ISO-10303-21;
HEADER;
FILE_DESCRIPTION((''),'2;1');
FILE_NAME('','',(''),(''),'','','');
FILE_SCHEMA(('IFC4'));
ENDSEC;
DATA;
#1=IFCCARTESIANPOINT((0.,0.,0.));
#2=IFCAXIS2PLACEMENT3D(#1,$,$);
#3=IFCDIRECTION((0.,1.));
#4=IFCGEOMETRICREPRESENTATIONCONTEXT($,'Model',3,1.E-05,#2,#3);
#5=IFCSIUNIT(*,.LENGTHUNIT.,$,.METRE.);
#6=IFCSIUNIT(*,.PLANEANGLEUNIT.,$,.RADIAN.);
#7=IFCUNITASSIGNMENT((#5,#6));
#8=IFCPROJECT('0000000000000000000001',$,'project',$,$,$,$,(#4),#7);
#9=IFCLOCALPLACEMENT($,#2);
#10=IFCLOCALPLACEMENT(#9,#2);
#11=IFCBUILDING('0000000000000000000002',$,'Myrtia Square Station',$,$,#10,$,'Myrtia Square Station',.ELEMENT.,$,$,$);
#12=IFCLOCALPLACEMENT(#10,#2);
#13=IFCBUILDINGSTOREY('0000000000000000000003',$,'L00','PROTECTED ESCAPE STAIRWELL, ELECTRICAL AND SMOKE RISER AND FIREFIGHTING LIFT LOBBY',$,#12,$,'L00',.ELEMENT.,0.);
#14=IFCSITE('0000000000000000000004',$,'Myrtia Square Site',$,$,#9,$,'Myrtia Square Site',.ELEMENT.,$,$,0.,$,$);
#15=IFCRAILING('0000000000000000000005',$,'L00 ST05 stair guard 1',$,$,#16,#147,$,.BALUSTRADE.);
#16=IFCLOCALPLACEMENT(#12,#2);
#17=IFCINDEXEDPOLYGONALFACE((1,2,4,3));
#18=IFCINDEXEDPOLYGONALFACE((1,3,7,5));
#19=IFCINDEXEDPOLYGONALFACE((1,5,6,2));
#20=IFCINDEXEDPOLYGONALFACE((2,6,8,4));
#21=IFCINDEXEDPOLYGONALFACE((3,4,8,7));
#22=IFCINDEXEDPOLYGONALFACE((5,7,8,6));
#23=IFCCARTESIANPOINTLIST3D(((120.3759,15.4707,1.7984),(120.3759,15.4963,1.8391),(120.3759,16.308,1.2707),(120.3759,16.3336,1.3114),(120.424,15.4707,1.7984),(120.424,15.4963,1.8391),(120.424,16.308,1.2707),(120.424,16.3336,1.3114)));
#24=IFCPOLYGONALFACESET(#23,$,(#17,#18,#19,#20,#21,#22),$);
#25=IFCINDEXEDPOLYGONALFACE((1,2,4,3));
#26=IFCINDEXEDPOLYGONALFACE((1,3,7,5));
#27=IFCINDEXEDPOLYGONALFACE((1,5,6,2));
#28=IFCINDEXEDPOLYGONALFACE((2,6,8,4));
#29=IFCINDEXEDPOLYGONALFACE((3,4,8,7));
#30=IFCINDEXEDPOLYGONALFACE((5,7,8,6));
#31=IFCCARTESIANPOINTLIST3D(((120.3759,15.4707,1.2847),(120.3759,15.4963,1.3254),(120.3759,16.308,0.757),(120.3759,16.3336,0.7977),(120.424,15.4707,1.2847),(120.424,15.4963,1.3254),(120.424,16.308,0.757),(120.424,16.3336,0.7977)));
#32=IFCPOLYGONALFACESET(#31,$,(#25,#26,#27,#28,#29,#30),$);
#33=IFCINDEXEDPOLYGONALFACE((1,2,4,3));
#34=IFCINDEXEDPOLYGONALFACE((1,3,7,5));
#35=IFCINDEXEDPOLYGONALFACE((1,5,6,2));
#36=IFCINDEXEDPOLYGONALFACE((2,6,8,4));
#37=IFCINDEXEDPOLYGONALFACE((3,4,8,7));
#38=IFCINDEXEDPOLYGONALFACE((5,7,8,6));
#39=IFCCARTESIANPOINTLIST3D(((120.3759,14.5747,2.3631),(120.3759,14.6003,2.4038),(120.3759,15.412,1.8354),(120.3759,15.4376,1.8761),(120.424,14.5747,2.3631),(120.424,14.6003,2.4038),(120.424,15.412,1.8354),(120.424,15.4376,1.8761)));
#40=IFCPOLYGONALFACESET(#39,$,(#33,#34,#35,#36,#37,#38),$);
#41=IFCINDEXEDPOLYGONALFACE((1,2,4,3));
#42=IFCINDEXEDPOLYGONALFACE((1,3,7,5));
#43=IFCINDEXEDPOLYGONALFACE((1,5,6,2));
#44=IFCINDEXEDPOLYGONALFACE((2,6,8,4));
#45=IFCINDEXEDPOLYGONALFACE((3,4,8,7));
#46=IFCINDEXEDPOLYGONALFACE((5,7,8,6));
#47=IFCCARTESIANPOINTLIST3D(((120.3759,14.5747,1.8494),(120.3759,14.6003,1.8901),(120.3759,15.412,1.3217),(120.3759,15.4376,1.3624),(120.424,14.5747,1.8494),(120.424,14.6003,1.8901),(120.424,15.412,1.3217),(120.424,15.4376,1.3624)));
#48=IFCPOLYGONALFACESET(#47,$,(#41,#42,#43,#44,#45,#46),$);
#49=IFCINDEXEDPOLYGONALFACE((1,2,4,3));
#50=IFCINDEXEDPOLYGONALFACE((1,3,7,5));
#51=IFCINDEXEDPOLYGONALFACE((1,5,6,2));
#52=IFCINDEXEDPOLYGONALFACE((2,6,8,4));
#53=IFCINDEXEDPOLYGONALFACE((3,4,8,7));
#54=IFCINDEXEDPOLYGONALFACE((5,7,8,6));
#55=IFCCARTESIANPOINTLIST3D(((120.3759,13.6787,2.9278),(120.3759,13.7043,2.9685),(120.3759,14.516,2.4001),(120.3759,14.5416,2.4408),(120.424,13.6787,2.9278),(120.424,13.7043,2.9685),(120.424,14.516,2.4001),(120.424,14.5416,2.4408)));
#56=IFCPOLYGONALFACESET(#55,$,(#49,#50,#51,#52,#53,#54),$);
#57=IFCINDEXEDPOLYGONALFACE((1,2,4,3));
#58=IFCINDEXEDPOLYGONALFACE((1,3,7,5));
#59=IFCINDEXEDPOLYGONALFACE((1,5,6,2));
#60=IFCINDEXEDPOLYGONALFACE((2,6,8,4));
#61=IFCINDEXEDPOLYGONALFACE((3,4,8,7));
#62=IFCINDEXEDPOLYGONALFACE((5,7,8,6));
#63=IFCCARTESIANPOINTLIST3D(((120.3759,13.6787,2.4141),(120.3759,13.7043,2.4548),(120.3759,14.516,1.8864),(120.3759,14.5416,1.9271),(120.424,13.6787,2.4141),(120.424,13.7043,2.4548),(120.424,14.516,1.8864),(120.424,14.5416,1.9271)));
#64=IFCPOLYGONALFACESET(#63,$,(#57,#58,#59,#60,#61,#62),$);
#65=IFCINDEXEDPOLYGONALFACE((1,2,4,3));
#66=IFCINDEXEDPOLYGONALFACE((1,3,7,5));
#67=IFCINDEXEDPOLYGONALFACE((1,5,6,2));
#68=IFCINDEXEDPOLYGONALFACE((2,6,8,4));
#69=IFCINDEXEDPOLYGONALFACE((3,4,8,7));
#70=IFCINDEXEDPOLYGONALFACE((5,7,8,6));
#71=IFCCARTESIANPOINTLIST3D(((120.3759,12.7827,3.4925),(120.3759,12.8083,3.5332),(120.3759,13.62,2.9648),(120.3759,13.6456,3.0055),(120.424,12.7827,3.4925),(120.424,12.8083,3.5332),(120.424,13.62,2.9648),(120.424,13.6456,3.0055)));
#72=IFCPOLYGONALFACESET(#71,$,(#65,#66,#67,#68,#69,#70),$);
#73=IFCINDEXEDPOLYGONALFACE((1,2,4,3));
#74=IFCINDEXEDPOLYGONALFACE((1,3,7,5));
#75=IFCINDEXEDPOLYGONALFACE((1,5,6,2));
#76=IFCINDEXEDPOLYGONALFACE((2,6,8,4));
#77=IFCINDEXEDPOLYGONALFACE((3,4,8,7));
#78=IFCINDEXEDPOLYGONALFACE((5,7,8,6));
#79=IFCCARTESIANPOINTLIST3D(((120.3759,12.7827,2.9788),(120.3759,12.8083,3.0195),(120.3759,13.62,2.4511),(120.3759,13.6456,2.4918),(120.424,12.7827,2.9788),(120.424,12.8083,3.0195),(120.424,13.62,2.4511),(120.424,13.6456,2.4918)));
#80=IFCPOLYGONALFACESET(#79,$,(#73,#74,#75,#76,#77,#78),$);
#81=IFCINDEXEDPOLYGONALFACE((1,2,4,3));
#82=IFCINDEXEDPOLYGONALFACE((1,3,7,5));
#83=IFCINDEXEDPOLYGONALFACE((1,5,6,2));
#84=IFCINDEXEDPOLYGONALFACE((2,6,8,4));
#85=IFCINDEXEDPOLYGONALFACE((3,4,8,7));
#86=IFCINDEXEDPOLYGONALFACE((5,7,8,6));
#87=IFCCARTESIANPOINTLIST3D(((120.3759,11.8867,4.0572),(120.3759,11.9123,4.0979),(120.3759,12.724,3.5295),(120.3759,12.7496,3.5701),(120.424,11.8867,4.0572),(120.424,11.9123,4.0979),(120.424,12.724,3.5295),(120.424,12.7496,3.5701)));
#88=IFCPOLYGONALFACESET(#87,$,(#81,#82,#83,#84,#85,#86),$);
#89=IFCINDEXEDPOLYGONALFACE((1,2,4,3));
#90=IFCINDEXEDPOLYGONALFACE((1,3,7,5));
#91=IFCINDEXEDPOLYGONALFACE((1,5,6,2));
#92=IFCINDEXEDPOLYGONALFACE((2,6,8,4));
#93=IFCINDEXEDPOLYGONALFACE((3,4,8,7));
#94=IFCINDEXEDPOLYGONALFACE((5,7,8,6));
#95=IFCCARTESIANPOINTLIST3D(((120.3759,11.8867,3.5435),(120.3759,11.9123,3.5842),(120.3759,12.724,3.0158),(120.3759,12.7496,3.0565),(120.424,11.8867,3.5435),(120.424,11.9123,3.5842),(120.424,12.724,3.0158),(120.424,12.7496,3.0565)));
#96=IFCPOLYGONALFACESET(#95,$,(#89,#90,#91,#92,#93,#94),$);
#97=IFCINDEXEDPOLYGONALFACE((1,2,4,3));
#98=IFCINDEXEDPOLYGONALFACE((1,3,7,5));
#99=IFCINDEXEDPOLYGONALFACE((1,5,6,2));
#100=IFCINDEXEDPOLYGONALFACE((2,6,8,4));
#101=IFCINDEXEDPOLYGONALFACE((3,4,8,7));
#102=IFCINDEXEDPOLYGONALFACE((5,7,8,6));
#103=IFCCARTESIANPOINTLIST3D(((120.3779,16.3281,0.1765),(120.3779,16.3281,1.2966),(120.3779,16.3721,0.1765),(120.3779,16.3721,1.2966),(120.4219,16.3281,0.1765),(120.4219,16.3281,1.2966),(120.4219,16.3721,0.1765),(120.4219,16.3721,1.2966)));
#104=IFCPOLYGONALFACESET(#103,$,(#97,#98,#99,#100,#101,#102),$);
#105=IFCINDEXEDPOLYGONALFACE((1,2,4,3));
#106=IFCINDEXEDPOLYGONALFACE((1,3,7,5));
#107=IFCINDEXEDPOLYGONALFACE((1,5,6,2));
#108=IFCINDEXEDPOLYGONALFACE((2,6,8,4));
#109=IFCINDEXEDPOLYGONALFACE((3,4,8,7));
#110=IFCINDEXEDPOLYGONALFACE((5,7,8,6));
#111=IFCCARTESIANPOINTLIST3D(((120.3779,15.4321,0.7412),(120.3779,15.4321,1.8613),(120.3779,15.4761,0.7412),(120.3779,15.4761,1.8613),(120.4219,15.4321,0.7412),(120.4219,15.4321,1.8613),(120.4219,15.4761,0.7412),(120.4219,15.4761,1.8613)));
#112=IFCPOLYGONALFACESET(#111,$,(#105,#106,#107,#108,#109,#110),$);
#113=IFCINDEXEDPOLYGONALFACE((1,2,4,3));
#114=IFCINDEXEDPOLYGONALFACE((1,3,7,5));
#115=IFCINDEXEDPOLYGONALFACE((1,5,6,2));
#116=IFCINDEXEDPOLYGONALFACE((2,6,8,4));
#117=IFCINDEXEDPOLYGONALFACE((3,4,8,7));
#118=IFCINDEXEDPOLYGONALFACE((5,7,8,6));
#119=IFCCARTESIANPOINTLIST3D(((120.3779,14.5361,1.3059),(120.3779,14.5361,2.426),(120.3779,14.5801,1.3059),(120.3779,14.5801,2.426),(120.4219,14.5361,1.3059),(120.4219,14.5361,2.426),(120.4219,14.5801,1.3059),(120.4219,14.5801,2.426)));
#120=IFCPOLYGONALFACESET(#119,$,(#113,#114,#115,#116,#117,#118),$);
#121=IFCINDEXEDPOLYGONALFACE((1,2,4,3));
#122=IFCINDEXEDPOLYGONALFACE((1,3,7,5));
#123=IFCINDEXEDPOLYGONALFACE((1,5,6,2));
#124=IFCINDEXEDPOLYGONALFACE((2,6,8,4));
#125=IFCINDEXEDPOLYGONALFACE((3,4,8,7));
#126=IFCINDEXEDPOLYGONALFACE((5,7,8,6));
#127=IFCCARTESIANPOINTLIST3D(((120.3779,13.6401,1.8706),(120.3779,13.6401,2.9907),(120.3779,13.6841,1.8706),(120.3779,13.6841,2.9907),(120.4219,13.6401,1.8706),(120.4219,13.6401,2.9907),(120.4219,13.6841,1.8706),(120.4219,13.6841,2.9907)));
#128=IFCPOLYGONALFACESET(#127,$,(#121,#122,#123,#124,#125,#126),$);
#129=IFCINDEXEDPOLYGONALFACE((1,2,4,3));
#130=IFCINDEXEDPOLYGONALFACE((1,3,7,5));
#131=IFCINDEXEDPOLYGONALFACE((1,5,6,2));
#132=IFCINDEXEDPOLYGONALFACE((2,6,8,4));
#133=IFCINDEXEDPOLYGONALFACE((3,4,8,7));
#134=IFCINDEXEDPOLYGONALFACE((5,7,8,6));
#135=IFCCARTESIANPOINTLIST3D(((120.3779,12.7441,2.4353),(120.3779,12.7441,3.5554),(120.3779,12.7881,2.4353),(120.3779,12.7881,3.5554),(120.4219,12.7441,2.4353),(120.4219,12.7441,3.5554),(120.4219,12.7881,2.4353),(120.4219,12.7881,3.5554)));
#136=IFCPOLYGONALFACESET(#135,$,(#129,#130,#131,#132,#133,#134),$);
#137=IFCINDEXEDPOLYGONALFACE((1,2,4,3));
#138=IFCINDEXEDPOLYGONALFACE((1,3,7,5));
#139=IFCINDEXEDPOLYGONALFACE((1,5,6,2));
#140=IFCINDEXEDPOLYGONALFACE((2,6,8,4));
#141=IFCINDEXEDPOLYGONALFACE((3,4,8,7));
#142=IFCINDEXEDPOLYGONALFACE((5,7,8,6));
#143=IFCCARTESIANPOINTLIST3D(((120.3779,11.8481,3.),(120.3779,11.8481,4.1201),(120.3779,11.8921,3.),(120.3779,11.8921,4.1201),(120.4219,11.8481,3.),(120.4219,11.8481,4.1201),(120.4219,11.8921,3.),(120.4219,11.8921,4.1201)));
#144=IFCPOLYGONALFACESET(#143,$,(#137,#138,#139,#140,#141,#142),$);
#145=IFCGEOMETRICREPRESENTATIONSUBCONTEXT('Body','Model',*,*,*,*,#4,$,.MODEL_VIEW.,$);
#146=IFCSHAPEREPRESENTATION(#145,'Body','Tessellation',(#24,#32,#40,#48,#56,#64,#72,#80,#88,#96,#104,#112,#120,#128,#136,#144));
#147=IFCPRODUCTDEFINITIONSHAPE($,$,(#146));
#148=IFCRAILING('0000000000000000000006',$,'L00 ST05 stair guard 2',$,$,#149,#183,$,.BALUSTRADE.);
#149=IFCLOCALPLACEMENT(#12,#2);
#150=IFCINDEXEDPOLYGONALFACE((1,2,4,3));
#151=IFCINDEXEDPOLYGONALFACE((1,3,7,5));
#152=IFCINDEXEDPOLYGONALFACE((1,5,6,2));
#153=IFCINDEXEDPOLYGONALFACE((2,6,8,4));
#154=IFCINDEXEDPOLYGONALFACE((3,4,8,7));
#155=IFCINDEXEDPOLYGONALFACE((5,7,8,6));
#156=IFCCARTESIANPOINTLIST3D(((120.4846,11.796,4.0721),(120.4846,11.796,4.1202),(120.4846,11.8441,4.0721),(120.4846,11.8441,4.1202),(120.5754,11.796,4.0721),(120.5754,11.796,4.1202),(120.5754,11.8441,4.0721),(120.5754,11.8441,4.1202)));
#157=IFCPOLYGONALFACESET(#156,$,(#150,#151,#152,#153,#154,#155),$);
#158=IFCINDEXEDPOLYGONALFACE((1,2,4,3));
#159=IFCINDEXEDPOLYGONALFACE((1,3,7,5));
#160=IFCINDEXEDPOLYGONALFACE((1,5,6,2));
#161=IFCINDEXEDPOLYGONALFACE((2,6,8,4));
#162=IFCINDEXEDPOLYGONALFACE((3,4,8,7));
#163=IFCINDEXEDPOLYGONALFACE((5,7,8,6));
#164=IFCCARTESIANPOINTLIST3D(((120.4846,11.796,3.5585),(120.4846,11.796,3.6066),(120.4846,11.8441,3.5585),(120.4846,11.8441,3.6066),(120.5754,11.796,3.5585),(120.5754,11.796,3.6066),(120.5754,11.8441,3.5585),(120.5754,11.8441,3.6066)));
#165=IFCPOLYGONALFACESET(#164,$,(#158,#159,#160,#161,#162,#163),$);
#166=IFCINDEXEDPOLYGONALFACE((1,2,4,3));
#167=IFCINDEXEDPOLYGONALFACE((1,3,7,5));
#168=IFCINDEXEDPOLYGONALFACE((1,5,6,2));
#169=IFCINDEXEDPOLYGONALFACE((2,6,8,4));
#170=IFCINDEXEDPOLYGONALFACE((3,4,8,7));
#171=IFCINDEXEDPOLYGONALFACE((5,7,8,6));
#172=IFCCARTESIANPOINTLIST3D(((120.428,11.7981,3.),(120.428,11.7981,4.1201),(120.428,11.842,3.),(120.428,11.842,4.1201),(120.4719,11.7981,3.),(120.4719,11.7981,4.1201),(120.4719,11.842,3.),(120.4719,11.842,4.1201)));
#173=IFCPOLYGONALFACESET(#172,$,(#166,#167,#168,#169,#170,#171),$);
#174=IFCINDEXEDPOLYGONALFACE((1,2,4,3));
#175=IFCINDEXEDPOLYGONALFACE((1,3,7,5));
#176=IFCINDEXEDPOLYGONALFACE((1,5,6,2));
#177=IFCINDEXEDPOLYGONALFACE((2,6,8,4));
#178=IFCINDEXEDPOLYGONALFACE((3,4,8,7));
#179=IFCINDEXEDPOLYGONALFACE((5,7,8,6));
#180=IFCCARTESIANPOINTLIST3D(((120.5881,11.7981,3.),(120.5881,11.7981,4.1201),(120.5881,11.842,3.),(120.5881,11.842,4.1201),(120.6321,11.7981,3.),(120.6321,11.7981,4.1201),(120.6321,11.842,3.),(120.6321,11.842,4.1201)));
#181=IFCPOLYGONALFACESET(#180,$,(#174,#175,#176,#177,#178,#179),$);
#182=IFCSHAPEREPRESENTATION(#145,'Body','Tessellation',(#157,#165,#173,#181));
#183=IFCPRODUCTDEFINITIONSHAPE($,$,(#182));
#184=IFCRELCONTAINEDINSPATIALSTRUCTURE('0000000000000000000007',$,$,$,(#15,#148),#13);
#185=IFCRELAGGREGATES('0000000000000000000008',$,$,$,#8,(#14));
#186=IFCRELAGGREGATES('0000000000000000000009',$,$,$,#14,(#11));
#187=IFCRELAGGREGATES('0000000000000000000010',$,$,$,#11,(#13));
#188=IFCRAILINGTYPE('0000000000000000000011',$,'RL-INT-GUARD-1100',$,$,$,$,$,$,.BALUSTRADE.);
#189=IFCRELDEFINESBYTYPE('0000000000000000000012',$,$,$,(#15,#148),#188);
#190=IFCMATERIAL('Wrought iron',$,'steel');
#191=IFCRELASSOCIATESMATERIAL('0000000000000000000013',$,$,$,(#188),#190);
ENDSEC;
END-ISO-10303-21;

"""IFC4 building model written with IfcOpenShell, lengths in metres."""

from ifc_helpers import new_model, si_unit, direction, frame, origin, origin_2d, place, context, subcontext, project, spatial, rectangle, extrude, material, type_object, element, save


model = new_model("IFC4")

# Units and contexts
model_context = context("Model", 3, precision=1e-05, world=origin(), true_north=direction((0.0, 1.0)))
body_context = subcontext(model_context, "Body", "Model", "MODEL_VIEW")
ifc_project = project(units=[si_unit("LENGTHUNIT", "METRE"), si_unit("PLANEANGLEUNIT", "RADIAN")], contexts=[model_context])

# Site, building, storey
site_placement = place(None, origin())
site = spatial("IfcSite", under=ifc_project, at=site_placement, Name="Myrtia Square Site", LongName="Myrtia Square Site", CompositionType="ELEMENT", RefElevation=0.0)
building_placement = place(site_placement, origin())
building = spatial("IfcBuilding", under=site, at=building_placement, Name="Myrtia Square Station", LongName="Myrtia Square Station", CompositionType="ELEMENT")
storey_placement = place(building_placement, origin())
storey = spatial("IfcBuildingStorey", under=building, at=storey_placement, Name="L00", Description="PROTECTED ESCAPE STAIRWELL, ELECTRICAL AND SMOKE RISER AND FIREFIGHTING LIFT LOBBY", LongName="L00", CompositionType="ELEMENT", Elevation=0.0)

# Railings
ifc_material_1 = material(Name="Wrought iron", Category="steel")
railing_type_1 = type_object("IfcRailingType", Name="RL-INT-GUARD-1100", PredefinedType="BALUSTRADE", material=ifc_material_1)
railing_1_placement = place(storey_placement, frame((120.3999, 16.3501, 0.1765)))
element("IfcRailing", 1, at=railing_1_placement, inside=storey, type_object=railing_type_1, Name="L00 ST05 stair guard 1", PredefinedType="BALUSTRADE", context=body_context, shape_type="SweptSolid", body=[
    extrude(rectangle(XDim=0.0481, YDim=0.0481, at=origin_2d()), frame((0.0, -0.0293, 1.1145), z_axis=(0.0, -0.845998, 0.533186), x_axis=(1.0, 0.0, 0.0)), (0.0, 0.0, 1.0), 0.9897),
    extrude(rectangle(XDim=0.0481, YDim=0.0481, at=origin_2d()), frame((0.0, -0.0293, 0.6008), z_axis=(0.0, -0.845998, 0.533186), x_axis=(1.0, 0.0, 0.0)), (0.0, 0.0, 1.0), 0.9897),
    extrude(rectangle(XDim=0.0481, YDim=0.0481, at=origin_2d()), frame((0.0, -0.9253, 1.6792), z_axis=(0.0, -0.845998, 0.533186), x_axis=(1.0, 0.0, 0.0)), (0.0, 0.0, 1.0), 0.9897),
    extrude(rectangle(XDim=0.0481, YDim=0.0481, at=origin_2d()), frame((0.0, -0.9253, 1.1655), z_axis=(0.0, -0.845998, 0.533186), x_axis=(1.0, 0.0, 0.0)), (0.0, 0.0, 1.0), 0.9897),
    extrude(rectangle(XDim=0.0481, YDim=0.0481, at=origin_2d()), frame((0.0, -1.8213, 2.2439), z_axis=(0.0, -0.845998, 0.533186), x_axis=(1.0, 0.0, 0.0)), (0.0, 0.0, 1.0), 0.9897),
    extrude(rectangle(XDim=0.0481, YDim=0.0481, at=origin_2d()), frame((0.0, -1.8213, 1.7302), z_axis=(0.0, -0.845998, 0.533186), x_axis=(1.0, 0.0, 0.0)), (0.0, 0.0, 1.0), 0.9897),
    extrude(rectangle(XDim=0.0481, YDim=0.0481, at=origin_2d()), frame((0.0, -2.7173, 2.8086), z_axis=(0.0, -0.845998, 0.533186), x_axis=(1.0, 0.0, 0.0)), (0.0, 0.0, 1.0), 0.9897),
    extrude(rectangle(XDim=0.0481, YDim=0.0481, at=origin_2d()), frame((0.0, -2.7173, 2.2949), z_axis=(0.0, -0.845998, 0.533186), x_axis=(1.0, 0.0, 0.0)), (0.0, 0.0, 1.0), 0.9897),
    extrude(rectangle(XDim=0.0481, YDim=0.0481, at=origin_2d()), frame((0.0, -3.6133, 3.3733), z_axis=(0.0, -0.845998, 0.533186), x_axis=(1.0, 0.0, 0.0)), (0.0, 0.0, 1.0), 0.9897),
    extrude(rectangle(XDim=0.0481, YDim=0.0481, at=origin_2d()), frame((0.0, -3.6133, 2.8596), z_axis=(0.0, -0.845998, 0.533186), x_axis=(1.0, 0.0, 0.0)), (0.0, 0.0, 1.0), 0.9897),
    extrude(rectangle(XDim=0.0439, YDim=0.0439, at=origin_2d()), origin(), (0.0, 0.0, 1.0), 1.1201),
    extrude(rectangle(XDim=0.0439, YDim=0.0439, at=origin_2d()), frame((0.0, -0.896, 0.5647)), (0.0, 0.0, 1.0), 1.1201),
    extrude(rectangle(XDim=0.0439, YDim=0.0439, at=origin_2d()), frame((0.0, -1.792, 1.1294)), (0.0, 0.0, 1.0), 1.1201),
    extrude(rectangle(XDim=0.0439, YDim=0.0439, at=origin_2d()), frame((0.0, -2.688, 1.6941)), (0.0, 0.0, 1.0), 1.1201),
    extrude(rectangle(XDim=0.0439, YDim=0.0439, at=origin_2d()), frame((0.0, -3.584, 2.2588)), (0.0, 0.0, 1.0), 1.1201),
    extrude(rectangle(XDim=0.0439, YDim=0.0439, at=origin_2d()), frame((0.0, -4.48, 2.8235)), (0.0, 0.0, 1.0), 1.1201),
])
railing_2_placement = place(storey_placement, frame((120.45, 11.8201, 3.0)))
element("IfcRailing", 2, at=railing_2_placement, inside=storey, type_object=railing_type_1, Name="L00 ST05 stair guard 2", PredefinedType="BALUSTRADE", context=body_context, shape_type="SweptSolid", body=[
    extrude(rectangle(XDim=0.0481, YDim=0.0481, at=origin_2d()), frame((0.0347, 0.0, 1.0962), z_axis=(1.0, 0.0, 0.0), x_axis=(0.0, 1.0, 0.0)), (0.0, 0.0, 1.0), 0.0908),
    extrude(rectangle(XDim=0.0481, YDim=0.0481, at=origin_2d()), frame((0.0347, 0.0, 0.5825), z_axis=(1.0, 0.0, 0.0), x_axis=(0.0, 1.0, 0.0)), (0.0, 0.0, 1.0), 0.0908),
    extrude(rectangle(XDim=0.0439, YDim=0.0439, at=origin_2d()), origin(), (0.0, 0.0, 1.0), 1.1201),
    extrude(rectangle(XDim=0.0439, YDim=0.0439, at=origin_2d()), frame((0.1602, 0.0, 0.0)), (0.0, 0.0, 1.0), 1.1201),
])

save(model, "model.ifc")
